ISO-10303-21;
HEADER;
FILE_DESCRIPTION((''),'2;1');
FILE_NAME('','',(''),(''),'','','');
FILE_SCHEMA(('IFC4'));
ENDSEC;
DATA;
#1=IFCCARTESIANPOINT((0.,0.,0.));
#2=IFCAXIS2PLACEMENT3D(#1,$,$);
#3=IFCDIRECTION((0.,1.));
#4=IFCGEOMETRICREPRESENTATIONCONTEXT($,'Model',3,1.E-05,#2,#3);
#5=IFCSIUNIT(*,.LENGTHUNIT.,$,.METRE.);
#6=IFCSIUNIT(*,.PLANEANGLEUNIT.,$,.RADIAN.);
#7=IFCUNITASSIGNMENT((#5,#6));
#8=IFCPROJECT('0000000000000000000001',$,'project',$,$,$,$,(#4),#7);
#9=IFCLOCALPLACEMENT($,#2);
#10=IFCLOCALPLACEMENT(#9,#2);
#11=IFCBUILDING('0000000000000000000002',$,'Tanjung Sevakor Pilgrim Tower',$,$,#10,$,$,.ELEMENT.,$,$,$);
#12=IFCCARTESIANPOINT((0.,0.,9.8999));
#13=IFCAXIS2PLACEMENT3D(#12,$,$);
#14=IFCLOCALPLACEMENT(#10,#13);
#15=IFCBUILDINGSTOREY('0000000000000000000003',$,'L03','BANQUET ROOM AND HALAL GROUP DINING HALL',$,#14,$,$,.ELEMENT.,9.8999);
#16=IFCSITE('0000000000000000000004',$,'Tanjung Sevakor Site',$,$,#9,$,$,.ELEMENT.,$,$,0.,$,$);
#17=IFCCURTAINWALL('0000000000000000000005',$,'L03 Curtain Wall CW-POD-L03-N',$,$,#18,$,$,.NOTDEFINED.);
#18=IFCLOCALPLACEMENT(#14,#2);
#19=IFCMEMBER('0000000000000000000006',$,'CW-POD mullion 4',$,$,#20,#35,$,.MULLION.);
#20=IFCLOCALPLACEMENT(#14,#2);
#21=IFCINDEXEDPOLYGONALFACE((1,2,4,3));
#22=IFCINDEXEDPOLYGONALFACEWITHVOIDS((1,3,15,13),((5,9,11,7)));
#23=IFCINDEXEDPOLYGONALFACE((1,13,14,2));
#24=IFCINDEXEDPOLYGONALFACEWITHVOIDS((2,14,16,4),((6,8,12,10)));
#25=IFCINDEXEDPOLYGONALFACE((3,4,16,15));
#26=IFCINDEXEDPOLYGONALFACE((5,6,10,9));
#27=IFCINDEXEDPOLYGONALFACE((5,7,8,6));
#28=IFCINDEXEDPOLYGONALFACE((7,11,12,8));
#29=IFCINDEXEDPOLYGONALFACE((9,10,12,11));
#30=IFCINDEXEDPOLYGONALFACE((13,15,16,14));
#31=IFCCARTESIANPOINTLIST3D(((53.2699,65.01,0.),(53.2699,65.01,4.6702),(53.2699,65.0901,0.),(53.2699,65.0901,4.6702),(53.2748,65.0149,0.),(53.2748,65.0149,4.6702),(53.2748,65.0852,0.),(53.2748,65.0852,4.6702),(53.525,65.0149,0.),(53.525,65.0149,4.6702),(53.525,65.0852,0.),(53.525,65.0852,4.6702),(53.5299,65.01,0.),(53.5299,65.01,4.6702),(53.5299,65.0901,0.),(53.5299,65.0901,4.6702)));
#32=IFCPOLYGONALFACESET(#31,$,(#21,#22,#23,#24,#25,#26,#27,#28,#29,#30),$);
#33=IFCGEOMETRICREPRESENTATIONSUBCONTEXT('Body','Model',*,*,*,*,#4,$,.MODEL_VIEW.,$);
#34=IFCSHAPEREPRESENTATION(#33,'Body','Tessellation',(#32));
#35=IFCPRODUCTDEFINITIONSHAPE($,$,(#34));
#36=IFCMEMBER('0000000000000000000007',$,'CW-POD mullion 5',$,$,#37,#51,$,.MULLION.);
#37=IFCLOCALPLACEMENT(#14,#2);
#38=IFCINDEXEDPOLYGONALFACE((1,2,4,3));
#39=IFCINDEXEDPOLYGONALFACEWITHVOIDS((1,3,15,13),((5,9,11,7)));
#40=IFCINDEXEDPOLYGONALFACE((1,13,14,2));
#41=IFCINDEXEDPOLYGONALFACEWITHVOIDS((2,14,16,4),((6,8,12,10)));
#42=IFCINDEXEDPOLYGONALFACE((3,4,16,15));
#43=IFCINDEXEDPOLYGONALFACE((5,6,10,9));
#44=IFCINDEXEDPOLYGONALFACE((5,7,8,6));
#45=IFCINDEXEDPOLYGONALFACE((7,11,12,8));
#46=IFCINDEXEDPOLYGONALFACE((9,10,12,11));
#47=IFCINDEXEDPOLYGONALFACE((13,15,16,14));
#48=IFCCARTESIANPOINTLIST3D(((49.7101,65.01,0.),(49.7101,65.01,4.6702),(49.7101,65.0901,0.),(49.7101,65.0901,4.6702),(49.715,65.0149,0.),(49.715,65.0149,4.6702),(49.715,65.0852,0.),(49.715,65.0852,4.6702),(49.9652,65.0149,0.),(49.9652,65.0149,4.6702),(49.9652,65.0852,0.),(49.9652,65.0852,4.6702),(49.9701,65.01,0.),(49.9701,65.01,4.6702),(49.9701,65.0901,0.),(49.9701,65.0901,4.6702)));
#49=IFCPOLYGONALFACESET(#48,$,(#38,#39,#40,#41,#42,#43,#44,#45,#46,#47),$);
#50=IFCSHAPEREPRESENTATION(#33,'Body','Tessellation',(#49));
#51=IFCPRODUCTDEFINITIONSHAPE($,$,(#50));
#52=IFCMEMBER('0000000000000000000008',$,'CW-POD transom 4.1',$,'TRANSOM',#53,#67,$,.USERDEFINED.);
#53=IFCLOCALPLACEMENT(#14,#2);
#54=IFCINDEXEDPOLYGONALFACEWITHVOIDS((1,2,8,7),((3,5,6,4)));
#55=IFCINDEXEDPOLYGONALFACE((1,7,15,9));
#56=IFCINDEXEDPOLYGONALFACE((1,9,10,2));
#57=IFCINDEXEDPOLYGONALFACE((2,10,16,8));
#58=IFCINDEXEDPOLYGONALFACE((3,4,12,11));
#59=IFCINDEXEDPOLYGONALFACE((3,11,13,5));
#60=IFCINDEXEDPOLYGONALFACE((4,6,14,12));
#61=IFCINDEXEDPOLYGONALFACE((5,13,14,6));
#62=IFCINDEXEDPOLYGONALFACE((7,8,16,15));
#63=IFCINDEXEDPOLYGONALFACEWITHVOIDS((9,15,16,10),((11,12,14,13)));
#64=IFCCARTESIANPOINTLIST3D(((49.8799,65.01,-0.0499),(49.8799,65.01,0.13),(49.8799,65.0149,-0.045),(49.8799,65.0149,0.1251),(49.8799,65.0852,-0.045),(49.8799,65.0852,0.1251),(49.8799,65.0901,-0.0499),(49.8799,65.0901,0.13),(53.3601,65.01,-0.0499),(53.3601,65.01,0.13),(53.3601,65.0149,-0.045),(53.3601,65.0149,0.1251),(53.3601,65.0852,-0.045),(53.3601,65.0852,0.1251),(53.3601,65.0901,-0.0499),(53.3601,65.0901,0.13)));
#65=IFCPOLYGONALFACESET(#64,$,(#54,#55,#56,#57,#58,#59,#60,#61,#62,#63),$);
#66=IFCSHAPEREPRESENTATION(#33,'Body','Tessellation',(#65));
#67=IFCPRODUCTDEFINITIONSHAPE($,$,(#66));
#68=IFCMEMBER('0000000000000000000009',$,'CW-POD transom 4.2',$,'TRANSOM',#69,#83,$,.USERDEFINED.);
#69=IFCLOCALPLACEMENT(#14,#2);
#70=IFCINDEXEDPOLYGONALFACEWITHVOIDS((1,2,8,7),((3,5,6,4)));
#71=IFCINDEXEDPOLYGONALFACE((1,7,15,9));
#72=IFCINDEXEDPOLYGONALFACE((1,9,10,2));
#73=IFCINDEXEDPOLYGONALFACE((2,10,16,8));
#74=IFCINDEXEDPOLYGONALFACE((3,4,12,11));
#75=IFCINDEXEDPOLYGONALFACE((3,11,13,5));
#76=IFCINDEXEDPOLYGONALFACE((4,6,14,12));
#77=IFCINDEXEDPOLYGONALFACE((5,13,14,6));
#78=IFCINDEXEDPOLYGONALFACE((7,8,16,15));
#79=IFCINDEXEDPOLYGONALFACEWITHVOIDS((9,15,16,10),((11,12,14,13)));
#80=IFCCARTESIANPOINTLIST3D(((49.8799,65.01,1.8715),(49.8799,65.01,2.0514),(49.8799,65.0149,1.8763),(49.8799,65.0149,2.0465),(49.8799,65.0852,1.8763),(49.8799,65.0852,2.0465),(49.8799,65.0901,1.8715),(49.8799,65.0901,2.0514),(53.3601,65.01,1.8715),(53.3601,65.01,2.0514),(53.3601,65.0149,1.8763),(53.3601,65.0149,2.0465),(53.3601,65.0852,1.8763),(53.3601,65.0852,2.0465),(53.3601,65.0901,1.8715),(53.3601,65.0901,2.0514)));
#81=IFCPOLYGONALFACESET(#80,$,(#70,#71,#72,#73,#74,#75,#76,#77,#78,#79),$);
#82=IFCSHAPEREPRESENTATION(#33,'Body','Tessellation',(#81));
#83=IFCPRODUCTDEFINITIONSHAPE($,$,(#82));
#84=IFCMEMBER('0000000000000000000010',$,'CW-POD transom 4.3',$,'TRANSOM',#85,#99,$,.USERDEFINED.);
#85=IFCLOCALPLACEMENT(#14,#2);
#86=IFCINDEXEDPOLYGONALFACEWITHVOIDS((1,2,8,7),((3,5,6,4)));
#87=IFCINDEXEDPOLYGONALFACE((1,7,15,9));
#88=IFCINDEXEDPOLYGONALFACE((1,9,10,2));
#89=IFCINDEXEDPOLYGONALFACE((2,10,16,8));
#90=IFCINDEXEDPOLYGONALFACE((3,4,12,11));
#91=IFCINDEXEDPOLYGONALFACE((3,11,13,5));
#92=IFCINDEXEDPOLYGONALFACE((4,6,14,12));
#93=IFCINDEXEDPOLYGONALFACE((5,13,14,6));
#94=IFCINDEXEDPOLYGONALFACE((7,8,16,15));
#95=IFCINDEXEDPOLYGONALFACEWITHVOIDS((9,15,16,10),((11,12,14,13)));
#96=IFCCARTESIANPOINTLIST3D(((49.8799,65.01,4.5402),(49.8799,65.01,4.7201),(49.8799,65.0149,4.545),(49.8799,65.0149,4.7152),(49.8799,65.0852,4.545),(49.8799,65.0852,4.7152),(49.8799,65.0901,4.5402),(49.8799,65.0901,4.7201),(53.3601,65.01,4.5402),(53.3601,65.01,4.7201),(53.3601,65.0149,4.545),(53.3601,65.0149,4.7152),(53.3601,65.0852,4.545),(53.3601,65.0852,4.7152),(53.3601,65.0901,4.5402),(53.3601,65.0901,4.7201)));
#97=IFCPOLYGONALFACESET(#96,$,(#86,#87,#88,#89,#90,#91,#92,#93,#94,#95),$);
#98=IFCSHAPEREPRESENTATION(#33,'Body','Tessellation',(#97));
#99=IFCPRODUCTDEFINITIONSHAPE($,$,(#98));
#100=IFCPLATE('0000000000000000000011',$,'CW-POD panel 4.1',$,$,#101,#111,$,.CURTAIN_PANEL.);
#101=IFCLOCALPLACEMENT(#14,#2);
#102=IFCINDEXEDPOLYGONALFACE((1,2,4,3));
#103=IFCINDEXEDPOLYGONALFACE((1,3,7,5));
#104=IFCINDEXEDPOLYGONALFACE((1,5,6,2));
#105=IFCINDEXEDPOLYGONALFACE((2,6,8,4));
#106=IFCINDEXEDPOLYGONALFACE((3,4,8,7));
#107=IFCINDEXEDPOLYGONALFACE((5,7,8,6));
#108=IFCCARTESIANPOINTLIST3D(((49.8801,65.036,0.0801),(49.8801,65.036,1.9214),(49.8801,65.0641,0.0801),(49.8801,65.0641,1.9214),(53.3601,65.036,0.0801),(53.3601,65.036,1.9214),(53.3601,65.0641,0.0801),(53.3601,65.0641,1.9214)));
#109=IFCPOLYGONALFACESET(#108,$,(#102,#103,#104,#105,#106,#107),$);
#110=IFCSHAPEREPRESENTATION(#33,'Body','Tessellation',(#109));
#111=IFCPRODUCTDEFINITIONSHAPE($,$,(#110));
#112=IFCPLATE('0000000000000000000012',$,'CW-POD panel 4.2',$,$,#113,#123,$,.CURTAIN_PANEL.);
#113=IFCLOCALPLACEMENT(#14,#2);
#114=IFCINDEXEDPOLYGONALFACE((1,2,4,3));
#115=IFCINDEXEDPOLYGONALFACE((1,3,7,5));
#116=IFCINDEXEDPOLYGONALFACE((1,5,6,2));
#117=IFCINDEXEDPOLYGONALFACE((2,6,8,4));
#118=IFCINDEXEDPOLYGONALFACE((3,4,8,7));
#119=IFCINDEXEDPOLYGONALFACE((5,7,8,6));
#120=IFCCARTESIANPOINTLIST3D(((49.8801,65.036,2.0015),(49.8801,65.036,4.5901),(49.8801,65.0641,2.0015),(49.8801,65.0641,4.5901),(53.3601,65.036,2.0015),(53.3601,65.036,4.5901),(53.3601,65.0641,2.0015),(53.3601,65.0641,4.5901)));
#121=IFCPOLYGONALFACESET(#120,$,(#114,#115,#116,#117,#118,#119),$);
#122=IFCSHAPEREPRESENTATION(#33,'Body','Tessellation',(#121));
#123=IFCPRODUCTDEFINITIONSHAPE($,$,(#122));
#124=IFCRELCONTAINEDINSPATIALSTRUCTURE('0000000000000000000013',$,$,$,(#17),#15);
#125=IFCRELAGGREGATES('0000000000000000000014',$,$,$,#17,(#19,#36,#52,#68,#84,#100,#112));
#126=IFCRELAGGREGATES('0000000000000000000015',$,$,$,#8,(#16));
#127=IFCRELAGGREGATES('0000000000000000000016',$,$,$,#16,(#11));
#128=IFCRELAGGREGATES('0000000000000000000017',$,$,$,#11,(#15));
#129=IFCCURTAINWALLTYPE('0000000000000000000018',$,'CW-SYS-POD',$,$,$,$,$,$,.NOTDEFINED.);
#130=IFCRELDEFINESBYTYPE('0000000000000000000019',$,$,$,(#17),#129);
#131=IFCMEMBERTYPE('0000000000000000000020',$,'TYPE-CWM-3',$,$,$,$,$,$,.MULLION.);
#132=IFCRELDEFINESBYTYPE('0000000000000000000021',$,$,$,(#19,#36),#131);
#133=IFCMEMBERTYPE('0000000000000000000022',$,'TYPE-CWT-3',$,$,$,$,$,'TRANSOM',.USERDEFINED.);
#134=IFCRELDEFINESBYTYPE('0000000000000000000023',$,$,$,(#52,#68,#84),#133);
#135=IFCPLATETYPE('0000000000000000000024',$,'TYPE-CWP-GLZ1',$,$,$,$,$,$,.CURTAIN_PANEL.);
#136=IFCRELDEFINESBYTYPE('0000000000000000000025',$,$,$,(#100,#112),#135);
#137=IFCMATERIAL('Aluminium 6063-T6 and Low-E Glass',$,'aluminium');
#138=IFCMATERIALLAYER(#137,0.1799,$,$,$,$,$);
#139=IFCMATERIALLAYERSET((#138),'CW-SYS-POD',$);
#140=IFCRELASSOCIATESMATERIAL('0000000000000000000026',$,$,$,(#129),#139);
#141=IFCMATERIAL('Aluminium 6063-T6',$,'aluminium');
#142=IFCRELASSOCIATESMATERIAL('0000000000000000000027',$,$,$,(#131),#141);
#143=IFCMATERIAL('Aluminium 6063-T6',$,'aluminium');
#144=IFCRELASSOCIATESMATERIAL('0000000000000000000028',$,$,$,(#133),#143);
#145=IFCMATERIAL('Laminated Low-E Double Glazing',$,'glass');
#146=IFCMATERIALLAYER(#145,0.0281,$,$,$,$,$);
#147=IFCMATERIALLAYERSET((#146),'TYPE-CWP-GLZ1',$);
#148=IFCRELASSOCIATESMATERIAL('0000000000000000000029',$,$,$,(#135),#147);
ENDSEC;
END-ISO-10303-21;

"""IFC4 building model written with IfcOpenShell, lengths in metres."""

from ifc_helpers import new_model, si_unit, direction, frame, origin, origin_2d, place, context, subcontext, project, spatial, rectangle, hollow_rectangle, extrude, material, layer, layer_set, material_profile, profile_set, type_object, element, aggregate, save


model = new_model("IFC4")

# Units and contexts
model_context = context("Model", 3, precision=1e-05, world=origin(), true_north=direction((0.0, 1.0)))
body_context = subcontext(model_context, "Body", "Model", "MODEL_VIEW")
ifc_project = project(units=[si_unit("LENGTHUNIT", "METRE"), si_unit("PLANEANGLEUNIT", "RADIAN")], contexts=[model_context])

# Site, building, storey
site_placement = place(None, origin())
site = spatial("IfcSite", under=ifc_project, at=site_placement, Name="Tanjung Sevakor Site", CompositionType="ELEMENT", RefElevation=0.0)
building_placement = place(site_placement, origin())
building = spatial("IfcBuilding", under=site, at=building_placement, Name="Tanjung Sevakor Pilgrim Tower", CompositionType="ELEMENT")
storey_placement = place(building_placement, frame((0.0, 0.0, 9.8999)))
storey = spatial("IfcBuildingStorey", under=building, at=storey_placement, Name="L03", Description="BANQUET ROOM AND HALAL GROUP DINING HALL", CompositionType="ELEMENT", Elevation=9.8999)

# Curtain wall, members, plates
ifc_material_1 = material(Name="Aluminium 6063-T6 and Low-E Glass", Category="aluminium")
ifc_layer_1 = layer(ifc_material_1, 0.1799)
ifc_layer_set_1 = layer_set([ifc_layer_1], Name="CW-SYS-POD")
curtain_wall_type = type_object("IfcCurtainWallType", Name="CW-SYS-POD", PredefinedType="NOTDEFINED", material=ifc_layer_set_1)
curtain_wall_placement = place(storey_placement, origin())
curtain_wall = element("IfcCurtainWall", 1, at=curtain_wall_placement, inside=storey, type_object=curtain_wall_type, Name="L03 Curtain Wall CW-POD-L03-N", PredefinedType="NOTDEFINED")
ifc_material_2 = material(Name="Aluminium 6063-T6", Category="aluminium")
ifc_material_profile_1 = material_profile(ifc_material_2, hollow_rectangle(XDim=0.0801, YDim=0.26, WallThickness=0.0049, at=origin_2d()))
ifc_profile_set_1 = profile_set([ifc_material_profile_1], Name="Aluminium 6063-T6")
member_type_1 = type_object("IfcMemberType", Name="TYPE-CWM-3", PredefinedType="MULLION", material=ifc_profile_set_1)
member_1_placement = place(storey_placement, frame((53.3999, 65.05, 0.0), z_axis=(0.0, 0.0, 1.0), x_axis=(0.0, -1.0, 0.0)))
member_1 = element("IfcMember", 2, at=member_1_placement, type_object=member_type_1, Name="CW-POD mullion 4", PredefinedType="MULLION", context=body_context, shape_type="SweptSolid", body=[
    extrude(hollow_rectangle(XDim=0.0801, YDim=0.26, WallThickness=0.0049, at=origin_2d()), origin(), (0.0, 0.0, 1.0), 4.6702),
])
member_2_placement = place(storey_placement, frame((49.8401, 65.05, 0.0), z_axis=(0.0, 0.0, 1.0), x_axis=(0.0, -1.0, 0.0)))
member_2 = element("IfcMember", 3, at=member_2_placement, type_object=member_type_1, Name="CW-POD mullion 5", PredefinedType="MULLION", context=body_context, shape_type="SweptSolid", body=[
    extrude(hollow_rectangle(XDim=0.0801, YDim=0.26, WallThickness=0.0049, at=origin_2d()), origin(), (0.0, 0.0, 1.0), 4.6702),
])
ifc_material_3 = material(Name="Aluminium 6063-T6", Category="aluminium")
ifc_material_profile_2 = material_profile(ifc_material_3, hollow_rectangle(XDim=0.0801, YDim=0.1799, WallThickness=0.0049, at=origin_2d()))
ifc_profile_set_2 = profile_set([ifc_material_profile_2], Name="Aluminium 6063-T6")
member_type_2 = type_object("IfcMemberType", Name="TYPE-CWT-3", ElementType="TRANSOM", PredefinedType="USERDEFINED", material=ifc_profile_set_2)
member_3_placement = place(storey_placement, frame((53.3601, 65.05, 0.04), z_axis=(-1.0, 0.0, 0.0), x_axis=(0.0, -1.0, 0.0)))
member_3 = element("IfcMember", 4, at=member_3_placement, type_object=member_type_2, Name="CW-POD transom 4.1", ObjectType="TRANSOM", PredefinedType="USERDEFINED", context=body_context, shape_type="SweptSolid", body=[
    extrude(hollow_rectangle(XDim=0.0801, YDim=0.1799, WallThickness=0.0049, at=origin_2d()), origin(), (0.0, 0.0, 1.0), 3.4802),
])
member_4_placement = place(storey_placement, frame((53.3601, 65.05, 1.9614), z_axis=(-1.0, 0.0, 0.0), x_axis=(0.0, -1.0, 0.0)))
member_4 = element("IfcMember", 5, at=member_4_placement, type_object=member_type_2, Name="CW-POD transom 4.2", ObjectType="TRANSOM", PredefinedType="USERDEFINED", context=body_context, shape_type="SweptSolid", body=[
    extrude(hollow_rectangle(XDim=0.0801, YDim=0.1799, WallThickness=0.0049, at=origin_2d()), origin(), (0.0, 0.0, 1.0), 3.4802),
])
member_5_placement = place(storey_placement, frame((53.3601, 65.05, 4.6301), z_axis=(-1.0, 0.0, 0.0), x_axis=(0.0, -1.0, 0.0)))
member_5 = element("IfcMember", 6, at=member_5_placement, type_object=member_type_2, Name="CW-POD transom 4.3", ObjectType="TRANSOM", PredefinedType="USERDEFINED", context=body_context, shape_type="SweptSolid", body=[
    extrude(hollow_rectangle(XDim=0.0801, YDim=0.1799, WallThickness=0.0049, at=origin_2d()), origin(), (0.0, 0.0, 1.0), 3.4802),
])
ifc_material_4 = material(Name="Laminated Low-E Double Glazing", Category="glass")
ifc_layer_2 = layer(ifc_material_4, 0.0281)
ifc_layer_set_2 = layer_set([ifc_layer_2], Name="TYPE-CWP-GLZ1")
plate_type = type_object("IfcPlateType", Name="TYPE-CWP-GLZ1", PredefinedType="CURTAIN_PANEL", material=ifc_layer_set_2)
plate_1_placement = place(storey_placement, frame((51.6201, 65.05, 0.0801), z_axis=(0.0, 0.0, 1.0), x_axis=(-1.0, 0.0, 0.0)))
plate_1 = element("IfcPlate", 7, at=plate_1_placement, type_object=plate_type, Name="CW-POD panel 4.1", PredefinedType="CURTAIN_PANEL", context=body_context, shape_type="SweptSolid", body=[
    extrude(rectangle(XDim=3.48, YDim=0.0281, at=origin_2d()), origin(), (0.0, 0.0, 1.0), 1.8413),
])
plate_2_placement = place(storey_placement, frame((51.6201, 65.05, 2.0015), z_axis=(0.0, 0.0, 1.0), x_axis=(-1.0, 0.0, 0.0)))
plate_2 = element("IfcPlate", 8, at=plate_2_placement, type_object=plate_type, Name="CW-POD panel 4.2", PredefinedType="CURTAIN_PANEL", context=body_context, shape_type="SweptSolid", body=[
    extrude(rectangle(XDim=3.48, YDim=0.0281, at=origin_2d()), origin(), (0.0, 0.0, 1.0), 2.5886),
])
aggregate(curtain_wall, [member_1, member_2, member_3, member_4, member_5, plate_1, plate_2])

save(model, "model.ifc")
